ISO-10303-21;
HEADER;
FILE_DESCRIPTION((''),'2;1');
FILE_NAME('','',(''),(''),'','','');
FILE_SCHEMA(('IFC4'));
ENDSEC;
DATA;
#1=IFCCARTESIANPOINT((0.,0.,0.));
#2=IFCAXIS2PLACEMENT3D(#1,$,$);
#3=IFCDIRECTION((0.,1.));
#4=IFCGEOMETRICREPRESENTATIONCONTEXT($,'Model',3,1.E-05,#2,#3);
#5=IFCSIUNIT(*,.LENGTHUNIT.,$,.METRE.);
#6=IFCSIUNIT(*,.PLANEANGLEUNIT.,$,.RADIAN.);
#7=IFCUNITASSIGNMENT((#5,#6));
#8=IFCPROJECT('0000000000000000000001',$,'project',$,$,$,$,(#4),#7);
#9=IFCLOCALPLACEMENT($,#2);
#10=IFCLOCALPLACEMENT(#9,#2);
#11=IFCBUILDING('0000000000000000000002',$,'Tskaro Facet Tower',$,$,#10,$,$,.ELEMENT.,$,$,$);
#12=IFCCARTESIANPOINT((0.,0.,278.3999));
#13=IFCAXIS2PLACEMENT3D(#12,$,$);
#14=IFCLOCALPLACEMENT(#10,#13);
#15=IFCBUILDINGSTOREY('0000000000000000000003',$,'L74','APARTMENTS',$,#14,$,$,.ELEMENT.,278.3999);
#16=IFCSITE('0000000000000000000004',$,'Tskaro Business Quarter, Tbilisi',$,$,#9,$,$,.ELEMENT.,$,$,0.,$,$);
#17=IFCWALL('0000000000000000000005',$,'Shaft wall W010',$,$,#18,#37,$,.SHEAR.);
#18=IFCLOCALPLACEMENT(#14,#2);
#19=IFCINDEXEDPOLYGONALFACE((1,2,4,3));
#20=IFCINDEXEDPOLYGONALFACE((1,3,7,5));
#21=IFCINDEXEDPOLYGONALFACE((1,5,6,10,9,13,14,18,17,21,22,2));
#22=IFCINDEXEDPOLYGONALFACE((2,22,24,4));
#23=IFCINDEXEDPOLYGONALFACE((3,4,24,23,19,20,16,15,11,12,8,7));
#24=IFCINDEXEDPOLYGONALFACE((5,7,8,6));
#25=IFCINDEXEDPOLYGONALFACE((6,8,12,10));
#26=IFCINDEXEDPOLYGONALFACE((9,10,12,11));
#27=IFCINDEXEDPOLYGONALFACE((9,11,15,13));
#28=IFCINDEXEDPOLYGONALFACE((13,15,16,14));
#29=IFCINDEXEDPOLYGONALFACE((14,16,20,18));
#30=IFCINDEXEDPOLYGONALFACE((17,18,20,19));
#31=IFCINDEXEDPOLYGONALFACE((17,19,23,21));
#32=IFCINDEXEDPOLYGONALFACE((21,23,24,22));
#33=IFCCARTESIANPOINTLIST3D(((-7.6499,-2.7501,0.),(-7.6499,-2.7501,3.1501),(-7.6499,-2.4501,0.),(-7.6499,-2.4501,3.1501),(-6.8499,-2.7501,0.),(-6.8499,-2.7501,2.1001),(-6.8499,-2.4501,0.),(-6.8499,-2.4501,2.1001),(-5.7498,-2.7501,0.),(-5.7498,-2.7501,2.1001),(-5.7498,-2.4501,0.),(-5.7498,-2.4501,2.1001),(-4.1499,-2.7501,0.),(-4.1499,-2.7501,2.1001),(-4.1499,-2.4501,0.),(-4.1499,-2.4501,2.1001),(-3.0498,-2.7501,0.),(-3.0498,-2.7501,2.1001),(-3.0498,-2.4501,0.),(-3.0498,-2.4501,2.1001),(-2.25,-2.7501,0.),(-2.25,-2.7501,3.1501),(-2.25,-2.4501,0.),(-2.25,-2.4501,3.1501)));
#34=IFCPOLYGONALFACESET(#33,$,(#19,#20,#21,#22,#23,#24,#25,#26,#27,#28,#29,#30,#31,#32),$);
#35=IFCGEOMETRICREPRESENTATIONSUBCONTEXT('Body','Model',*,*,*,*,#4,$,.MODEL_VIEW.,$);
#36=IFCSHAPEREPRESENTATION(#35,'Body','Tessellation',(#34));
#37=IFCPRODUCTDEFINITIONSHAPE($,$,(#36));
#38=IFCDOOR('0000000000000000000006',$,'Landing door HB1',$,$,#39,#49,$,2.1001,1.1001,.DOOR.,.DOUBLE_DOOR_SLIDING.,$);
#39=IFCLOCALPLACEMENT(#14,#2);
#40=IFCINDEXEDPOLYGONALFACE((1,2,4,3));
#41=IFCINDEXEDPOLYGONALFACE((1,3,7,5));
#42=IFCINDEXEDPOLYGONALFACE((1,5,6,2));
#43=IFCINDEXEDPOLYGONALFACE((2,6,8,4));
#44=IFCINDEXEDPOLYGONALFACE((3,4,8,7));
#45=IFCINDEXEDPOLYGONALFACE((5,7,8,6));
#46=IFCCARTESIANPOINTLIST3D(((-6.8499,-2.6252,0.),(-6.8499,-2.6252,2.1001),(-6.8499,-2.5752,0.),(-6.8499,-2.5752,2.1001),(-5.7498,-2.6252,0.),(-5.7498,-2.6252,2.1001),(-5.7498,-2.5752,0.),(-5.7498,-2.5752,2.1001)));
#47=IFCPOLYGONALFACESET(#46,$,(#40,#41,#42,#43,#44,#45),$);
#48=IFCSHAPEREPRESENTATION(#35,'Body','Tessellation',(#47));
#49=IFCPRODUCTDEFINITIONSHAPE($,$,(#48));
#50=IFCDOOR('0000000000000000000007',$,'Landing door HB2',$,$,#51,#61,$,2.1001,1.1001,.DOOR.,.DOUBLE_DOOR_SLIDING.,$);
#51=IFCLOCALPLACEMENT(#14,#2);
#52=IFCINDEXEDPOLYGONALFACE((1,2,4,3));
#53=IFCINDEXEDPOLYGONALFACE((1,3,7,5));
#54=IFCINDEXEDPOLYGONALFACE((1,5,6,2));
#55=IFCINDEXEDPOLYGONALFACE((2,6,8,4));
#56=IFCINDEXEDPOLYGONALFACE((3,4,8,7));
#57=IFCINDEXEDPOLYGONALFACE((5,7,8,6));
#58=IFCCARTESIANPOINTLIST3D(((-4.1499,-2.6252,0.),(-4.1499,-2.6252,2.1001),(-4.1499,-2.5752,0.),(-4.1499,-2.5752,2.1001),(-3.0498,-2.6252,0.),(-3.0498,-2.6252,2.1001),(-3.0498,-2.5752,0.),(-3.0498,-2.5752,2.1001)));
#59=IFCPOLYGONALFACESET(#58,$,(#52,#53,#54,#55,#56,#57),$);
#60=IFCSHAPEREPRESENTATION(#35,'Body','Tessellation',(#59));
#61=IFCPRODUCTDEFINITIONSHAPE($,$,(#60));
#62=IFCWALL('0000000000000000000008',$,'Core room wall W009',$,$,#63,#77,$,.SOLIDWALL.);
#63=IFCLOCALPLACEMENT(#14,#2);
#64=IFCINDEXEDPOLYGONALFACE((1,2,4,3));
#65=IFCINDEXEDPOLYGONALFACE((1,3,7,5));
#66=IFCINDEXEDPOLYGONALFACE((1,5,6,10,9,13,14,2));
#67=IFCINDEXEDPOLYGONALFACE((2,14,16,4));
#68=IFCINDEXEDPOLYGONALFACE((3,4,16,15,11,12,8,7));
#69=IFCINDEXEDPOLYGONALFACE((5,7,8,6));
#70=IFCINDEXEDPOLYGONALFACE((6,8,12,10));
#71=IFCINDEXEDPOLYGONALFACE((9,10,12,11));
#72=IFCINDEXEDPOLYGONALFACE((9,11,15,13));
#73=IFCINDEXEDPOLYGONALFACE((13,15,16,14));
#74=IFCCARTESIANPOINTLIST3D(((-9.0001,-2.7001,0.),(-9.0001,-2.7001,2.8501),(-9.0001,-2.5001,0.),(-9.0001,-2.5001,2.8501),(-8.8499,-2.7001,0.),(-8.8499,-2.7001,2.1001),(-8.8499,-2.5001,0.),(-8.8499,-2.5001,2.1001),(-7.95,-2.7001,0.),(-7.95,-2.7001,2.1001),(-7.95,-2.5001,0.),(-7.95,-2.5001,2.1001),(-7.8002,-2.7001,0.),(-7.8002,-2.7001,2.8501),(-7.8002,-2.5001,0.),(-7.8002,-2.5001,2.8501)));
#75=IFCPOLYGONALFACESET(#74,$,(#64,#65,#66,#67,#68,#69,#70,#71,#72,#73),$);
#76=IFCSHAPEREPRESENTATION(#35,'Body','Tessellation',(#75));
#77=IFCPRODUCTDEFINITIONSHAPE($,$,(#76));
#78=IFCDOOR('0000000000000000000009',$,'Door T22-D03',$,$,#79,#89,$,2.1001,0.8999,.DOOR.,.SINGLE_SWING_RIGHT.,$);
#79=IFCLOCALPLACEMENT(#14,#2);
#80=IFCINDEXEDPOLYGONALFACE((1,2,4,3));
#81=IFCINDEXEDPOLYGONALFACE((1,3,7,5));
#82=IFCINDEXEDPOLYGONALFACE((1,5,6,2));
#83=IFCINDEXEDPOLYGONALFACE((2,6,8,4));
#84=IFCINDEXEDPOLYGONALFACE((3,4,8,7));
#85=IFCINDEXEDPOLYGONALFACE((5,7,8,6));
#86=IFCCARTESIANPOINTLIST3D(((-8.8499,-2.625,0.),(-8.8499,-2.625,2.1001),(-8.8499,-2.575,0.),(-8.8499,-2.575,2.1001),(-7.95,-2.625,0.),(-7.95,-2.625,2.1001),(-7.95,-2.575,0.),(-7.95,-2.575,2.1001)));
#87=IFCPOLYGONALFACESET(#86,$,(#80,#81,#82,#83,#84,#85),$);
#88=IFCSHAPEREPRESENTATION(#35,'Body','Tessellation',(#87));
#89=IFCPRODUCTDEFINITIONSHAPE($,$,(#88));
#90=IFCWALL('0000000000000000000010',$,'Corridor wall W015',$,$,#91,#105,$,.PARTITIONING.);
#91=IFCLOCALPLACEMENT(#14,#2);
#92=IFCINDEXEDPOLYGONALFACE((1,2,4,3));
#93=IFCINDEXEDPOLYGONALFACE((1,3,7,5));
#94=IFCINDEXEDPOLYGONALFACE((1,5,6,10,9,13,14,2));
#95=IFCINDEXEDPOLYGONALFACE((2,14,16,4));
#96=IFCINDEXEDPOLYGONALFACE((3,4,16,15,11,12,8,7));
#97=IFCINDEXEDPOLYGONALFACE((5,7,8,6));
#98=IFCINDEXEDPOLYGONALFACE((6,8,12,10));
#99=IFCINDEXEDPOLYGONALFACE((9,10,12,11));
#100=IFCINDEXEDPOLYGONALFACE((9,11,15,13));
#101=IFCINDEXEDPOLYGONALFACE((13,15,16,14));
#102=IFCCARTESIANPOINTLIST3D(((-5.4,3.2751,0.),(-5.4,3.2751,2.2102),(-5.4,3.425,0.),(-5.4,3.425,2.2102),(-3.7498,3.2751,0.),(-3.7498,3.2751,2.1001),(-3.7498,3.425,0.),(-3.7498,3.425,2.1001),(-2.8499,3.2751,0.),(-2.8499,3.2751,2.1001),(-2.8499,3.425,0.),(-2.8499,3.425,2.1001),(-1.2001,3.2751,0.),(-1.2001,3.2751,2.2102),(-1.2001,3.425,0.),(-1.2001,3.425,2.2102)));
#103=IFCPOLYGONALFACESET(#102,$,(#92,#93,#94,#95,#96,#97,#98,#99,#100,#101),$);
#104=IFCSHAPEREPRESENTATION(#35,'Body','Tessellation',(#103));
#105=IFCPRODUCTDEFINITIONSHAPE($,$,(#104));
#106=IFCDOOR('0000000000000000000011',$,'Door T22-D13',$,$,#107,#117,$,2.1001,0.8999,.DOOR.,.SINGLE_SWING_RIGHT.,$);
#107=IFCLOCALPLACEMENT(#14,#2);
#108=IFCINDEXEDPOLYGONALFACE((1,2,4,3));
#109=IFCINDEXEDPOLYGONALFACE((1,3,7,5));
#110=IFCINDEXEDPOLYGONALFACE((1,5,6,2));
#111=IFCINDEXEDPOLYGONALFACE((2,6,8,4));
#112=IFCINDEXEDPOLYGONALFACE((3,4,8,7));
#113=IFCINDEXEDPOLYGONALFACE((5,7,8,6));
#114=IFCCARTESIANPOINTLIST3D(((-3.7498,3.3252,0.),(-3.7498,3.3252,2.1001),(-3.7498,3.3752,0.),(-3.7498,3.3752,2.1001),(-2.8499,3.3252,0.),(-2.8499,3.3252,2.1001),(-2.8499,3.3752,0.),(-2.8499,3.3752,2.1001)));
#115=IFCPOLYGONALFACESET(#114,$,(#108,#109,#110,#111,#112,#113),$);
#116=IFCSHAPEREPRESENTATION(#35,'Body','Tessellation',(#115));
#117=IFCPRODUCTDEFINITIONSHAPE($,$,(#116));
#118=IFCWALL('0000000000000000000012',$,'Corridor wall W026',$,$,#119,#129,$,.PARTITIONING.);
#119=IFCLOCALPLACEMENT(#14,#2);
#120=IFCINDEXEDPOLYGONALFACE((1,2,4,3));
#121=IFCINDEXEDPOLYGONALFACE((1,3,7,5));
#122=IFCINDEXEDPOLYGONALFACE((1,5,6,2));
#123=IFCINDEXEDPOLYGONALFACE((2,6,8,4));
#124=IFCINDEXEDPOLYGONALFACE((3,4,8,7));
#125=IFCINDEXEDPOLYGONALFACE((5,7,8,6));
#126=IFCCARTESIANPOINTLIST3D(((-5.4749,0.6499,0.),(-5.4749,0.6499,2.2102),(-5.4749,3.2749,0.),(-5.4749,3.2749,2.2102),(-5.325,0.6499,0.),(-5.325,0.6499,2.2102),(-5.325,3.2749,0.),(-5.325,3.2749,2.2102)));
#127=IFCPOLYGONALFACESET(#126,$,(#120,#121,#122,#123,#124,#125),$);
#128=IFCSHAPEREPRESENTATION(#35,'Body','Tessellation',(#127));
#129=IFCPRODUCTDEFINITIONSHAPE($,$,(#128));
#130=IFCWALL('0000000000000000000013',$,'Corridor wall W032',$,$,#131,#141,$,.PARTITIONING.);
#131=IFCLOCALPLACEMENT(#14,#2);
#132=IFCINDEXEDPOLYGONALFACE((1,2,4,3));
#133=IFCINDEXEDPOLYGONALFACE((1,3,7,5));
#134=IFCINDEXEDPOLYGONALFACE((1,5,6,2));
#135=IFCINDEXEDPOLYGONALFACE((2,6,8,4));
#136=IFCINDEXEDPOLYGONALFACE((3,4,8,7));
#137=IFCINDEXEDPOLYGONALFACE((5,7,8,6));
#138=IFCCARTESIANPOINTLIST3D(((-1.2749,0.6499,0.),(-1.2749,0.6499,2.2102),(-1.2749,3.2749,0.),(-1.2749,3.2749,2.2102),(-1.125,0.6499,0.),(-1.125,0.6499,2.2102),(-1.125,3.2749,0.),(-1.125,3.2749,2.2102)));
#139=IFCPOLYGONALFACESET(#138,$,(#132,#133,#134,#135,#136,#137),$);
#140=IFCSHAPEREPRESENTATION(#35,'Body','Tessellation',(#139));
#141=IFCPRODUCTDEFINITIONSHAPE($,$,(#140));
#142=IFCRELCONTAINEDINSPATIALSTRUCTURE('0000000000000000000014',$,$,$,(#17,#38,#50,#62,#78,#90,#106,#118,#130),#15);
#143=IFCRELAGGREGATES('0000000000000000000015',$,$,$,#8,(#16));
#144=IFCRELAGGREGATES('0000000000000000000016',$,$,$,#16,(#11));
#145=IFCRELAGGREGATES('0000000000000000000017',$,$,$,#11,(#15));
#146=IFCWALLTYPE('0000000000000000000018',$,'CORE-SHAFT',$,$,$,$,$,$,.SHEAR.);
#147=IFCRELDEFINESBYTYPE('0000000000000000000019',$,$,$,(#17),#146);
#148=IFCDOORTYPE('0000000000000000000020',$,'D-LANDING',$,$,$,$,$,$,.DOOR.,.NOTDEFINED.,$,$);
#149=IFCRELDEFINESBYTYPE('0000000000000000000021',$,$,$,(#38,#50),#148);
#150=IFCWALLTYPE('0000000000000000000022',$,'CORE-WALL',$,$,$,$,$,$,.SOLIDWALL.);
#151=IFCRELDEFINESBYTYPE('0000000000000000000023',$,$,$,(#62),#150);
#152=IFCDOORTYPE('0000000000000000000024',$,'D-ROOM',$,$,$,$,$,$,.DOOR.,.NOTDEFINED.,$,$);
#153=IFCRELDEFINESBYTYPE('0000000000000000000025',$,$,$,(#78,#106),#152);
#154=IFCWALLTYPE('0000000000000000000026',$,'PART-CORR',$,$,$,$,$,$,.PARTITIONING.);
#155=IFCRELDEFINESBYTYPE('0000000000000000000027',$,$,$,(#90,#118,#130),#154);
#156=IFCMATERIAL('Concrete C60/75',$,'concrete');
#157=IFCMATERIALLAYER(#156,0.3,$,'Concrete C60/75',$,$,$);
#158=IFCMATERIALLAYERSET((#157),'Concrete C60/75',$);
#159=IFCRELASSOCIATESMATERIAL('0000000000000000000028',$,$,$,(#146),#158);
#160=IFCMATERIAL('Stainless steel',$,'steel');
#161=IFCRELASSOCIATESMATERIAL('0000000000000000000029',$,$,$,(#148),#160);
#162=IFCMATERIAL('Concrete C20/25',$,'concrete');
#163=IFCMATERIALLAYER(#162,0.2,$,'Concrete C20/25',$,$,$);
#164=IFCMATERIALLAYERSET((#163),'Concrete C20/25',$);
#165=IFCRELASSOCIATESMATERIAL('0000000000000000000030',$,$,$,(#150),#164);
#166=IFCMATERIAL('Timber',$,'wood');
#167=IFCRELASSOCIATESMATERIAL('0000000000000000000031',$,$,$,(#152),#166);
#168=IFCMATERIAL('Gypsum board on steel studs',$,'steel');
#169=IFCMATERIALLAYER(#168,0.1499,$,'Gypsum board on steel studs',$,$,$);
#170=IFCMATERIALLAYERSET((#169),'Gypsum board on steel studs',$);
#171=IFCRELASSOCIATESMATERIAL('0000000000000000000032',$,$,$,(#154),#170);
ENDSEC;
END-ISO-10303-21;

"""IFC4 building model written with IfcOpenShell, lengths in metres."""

from ifc_helpers import new_model, si_unit, direction, frame, frame_2d, origin, place, context, subcontext, project, spatial, rectangle, extrude, material, layer, layer_set, type_object, element, fill, save


model = new_model("IFC4")

# Units and contexts
model_context = context("Model", 3, precision=1e-05, world=origin(), true_north=direction((0.0, 1.0)))
body_context = subcontext(model_context, "Body", "Model", "MODEL_VIEW")
ifc_project = project(units=[si_unit("LENGTHUNIT", "METRE"), si_unit("PLANEANGLEUNIT", "RADIAN")], contexts=[model_context])

# Site, building, storey
site_placement = place(None, origin())
site = spatial("IfcSite", under=ifc_project, at=site_placement, Name="Tskaro Business Quarter, Tbilisi", CompositionType="ELEMENT", RefElevation=0.0)
building_placement = place(site_placement, origin())
building = spatial("IfcBuilding", under=site, at=building_placement, Name="Tskaro Facet Tower", CompositionType="ELEMENT")
storey_placement = place(building_placement, frame((0.0, 0.0, 278.3999)))
storey = spatial("IfcBuildingStorey", under=building, at=storey_placement, Name="L74", Description="APARTMENTS", CompositionType="ELEMENT", Elevation=278.3999)

# Shared definitions
ifc_material_1 = material(Name="Concrete C60/75", Category="concrete")

# Wall, openings, doors
ifc_layer_1 = layer(ifc_material_1, 0.3, Name="Concrete C60/75")
ifc_layer_set_1 = layer_set([ifc_layer_1], Name="Concrete C60/75")
wall_type_1 = type_object("IfcWallType", Name="CORE-SHAFT", PredefinedType="SHEAR", material=ifc_layer_set_1)
wall_1_placement = place(storey_placement, frame((-7.6499, -2.6001, 0.0), z_axis=(0.0, 0.0, 1.0), x_axis=(1.0, 0.0, 0.0)))
wall_1 = element("IfcWall", 1, at=wall_1_placement, inside=storey, type_object=wall_type_1, Name="Shaft wall W010", PredefinedType="SHEAR", context=body_context, shape_type="SweptSolid", body=[
    extrude(rectangle(XDim=5.3999, YDim=0.3, at=frame_2d((2.7, 0.0))), origin(), (0.0, 0.0, 1.0), 3.1501),
])
opening_1_placement = place(wall_1_placement, frame((0.8, 0.0, 0.0)))
opening_1 = element("IfcOpeningElement", 2, at=opening_1_placement, cuts=wall_1, PredefinedType="OPENING", context=body_context, shape_type="SweptSolid", body=[
    extrude(rectangle(XDim=1.1001, YDim=2.1001, at=frame_2d((0.55, 1.05))), frame((0.0, 0.1599, 0.0), z_axis=(0.0, -1.0, 0.0), x_axis=(1.0, 0.0, 0.0)), (0.0, 0.0, 1.0), 0.3201),
])
opening_2_placement = place(wall_1_placement, frame((3.5, 0.0, 0.0)))
opening_2 = element("IfcOpeningElement", 3, at=opening_2_placement, cuts=wall_1, PredefinedType="OPENING", context=body_context, shape_type="SweptSolid", body=[
    extrude(rectangle(XDim=1.1001, YDim=2.1001, at=frame_2d((0.55, 1.05))), frame((0.0, 0.1599, 0.0), z_axis=(0.0, -1.0, 0.0), x_axis=(1.0, 0.0, 0.0)), (0.0, 0.0, 1.0), 0.3201),
])
ifc_material_2 = material(Name="Stainless steel", Category="steel")
door_type_1 = type_object("IfcDoorType", Name="D-LANDING", OperationType="NOTDEFINED", PredefinedType="DOOR", material=ifc_material_2)
door_1_placement = place(opening_1_placement, origin())
door_1 = element("IfcDoor", 4, at=door_1_placement, inside=storey, type_object=door_type_1, Name="Landing door HB1", OperationType="DOUBLE_DOOR_SLIDING", OverallHeight=2.1001, OverallWidth=1.1001, PredefinedType="DOOR", context=body_context, shape_type="SweptSolid", body=[
    extrude(rectangle(XDim=1.1001, YDim=2.1001, at=frame_2d((0.55, 1.05))), frame((0.0, 0.0249, 0.0), z_axis=(0.0, -1.0, 0.0), x_axis=(1.0, 0.0, 0.0)), (0.0, 0.0, 1.0), 0.05),
])
fill(opening_1, door_1)
door_2_placement = place(opening_2_placement, origin())
door_2 = element("IfcDoor", 5, at=door_2_placement, inside=storey, type_object=door_type_1, Name="Landing door HB2", OperationType="DOUBLE_DOOR_SLIDING", OverallHeight=2.1001, OverallWidth=1.1001, PredefinedType="DOOR", context=body_context, shape_type="SweptSolid", body=[
    extrude(rectangle(XDim=1.1001, YDim=2.1001, at=frame_2d((0.55, 1.05))), frame((0.0, 0.0249, 0.0), z_axis=(0.0, -1.0, 0.0), x_axis=(1.0, 0.0, 0.0)), (0.0, 0.0, 1.0), 0.05),
])
fill(opening_2, door_2)

# Walls, openings, doors
ifc_material_3 = material(Name="Concrete C20/25", Category="concrete")
ifc_layer_2 = layer(ifc_material_3, 0.2, Name="Concrete C20/25")
ifc_layer_set_2 = layer_set([ifc_layer_2], Name="Concrete C20/25")
wall_type_2 = type_object("IfcWallType", Name="CORE-WALL", PredefinedType="SOLIDWALL", material=ifc_layer_set_2)
wall_2_placement = place(storey_placement, frame((-7.8, -2.6001, 0.0), z_axis=(0.0, 0.0, 1.0), x_axis=(-1.0, 0.0, 0.0)))
wall_2 = element("IfcWall", 6, at=wall_2_placement, inside=storey, type_object=wall_type_2, Name="Core room wall W009", PredefinedType="SOLIDWALL", context=body_context, shape_type="SweptSolid", body=[
    extrude(rectangle(XDim=1.2, YDim=0.2, at=frame_2d((0.6001, 0.0))), origin(), (0.0, 0.0, 1.0), 2.8501),
])
opening_3_placement = place(wall_2_placement, frame((0.1499, 0.0, 0.0)))
opening_3 = element("IfcOpeningElement", 7, at=opening_3_placement, cuts=wall_2, PredefinedType="OPENING", context=body_context, shape_type="SweptSolid", body=[
    extrude(rectangle(XDim=0.8999, YDim=2.1001, at=frame_2d((0.45, 1.05))), frame((0.0, 0.1099, 0.0), z_axis=(0.0, -1.0, 0.0), x_axis=(1.0, 0.0, 0.0)), (0.0, 0.0, 1.0), 0.22),
])
ifc_material_4 = material(Name="Timber", Category="wood")
door_type_2 = type_object("IfcDoorType", Name="D-ROOM", OperationType="NOTDEFINED", PredefinedType="DOOR", material=ifc_material_4)
door_3_placement = place(opening_3_placement, origin())
door_3 = element("IfcDoor", 8, at=door_3_placement, inside=storey, type_object=door_type_2, Name="Door T22-D03", OperationType="SINGLE_SWING_RIGHT", OverallHeight=2.1001, OverallWidth=0.8999, PredefinedType="DOOR", context=body_context, shape_type="SweptSolid", body=[
    extrude(rectangle(XDim=0.8999, YDim=2.1001, at=frame_2d((0.45, 1.05))), frame((0.0, 0.0249, 0.0), z_axis=(0.0, -1.0, 0.0), x_axis=(1.0, 0.0, 0.0)), (0.0, 0.0, 1.0), 0.05),
])
fill(opening_3, door_3)
ifc_material_5 = material(Name="Gypsum board on steel studs", Category="steel")
ifc_layer_3 = layer(ifc_material_5, 0.1499, Name="Gypsum board on steel studs")
ifc_layer_set_3 = layer_set([ifc_layer_3], Name="Gypsum board on steel studs")
wall_type_3 = type_object("IfcWallType", Name="PART-CORR", PredefinedType="PARTITIONING", material=ifc_layer_set_3)
wall_3_placement = place(storey_placement, frame((-1.2, 3.3501, 0.0), z_axis=(0.0, 0.0, 1.0), x_axis=(-1.0, 0.0, 0.0)))
wall_3 = element("IfcWall", 9, at=wall_3_placement, inside=storey, type_object=wall_type_3, Name="Corridor wall W015", PredefinedType="PARTITIONING", context=body_context, shape_type="SweptSolid", body=[
    extrude(rectangle(XDim=4.2, YDim=0.1499, at=frame_2d((2.1001, 0.0))), origin(), (0.0, 0.0, 1.0), 2.2102),
])
opening_4_placement = place(wall_3_placement, frame((1.6499, 0.0, 0.0)))
opening_4 = element("IfcOpeningElement", 10, at=opening_4_placement, cuts=wall_3, PredefinedType="OPENING", context=body_context, shape_type="SweptSolid", body=[
    extrude(rectangle(XDim=0.8999, YDim=2.1001, at=frame_2d((0.45, 1.05))), frame((0.0, 0.085, 0.0), z_axis=(0.0, -1.0, 0.0), x_axis=(1.0, 0.0, 0.0)), (0.0, 0.0, 1.0), 0.1699),
])
door_4_placement = place(opening_4_placement, origin())
door_4 = element("IfcDoor", 11, at=door_4_placement, inside=storey, type_object=door_type_2, Name="Door T22-D13", OperationType="SINGLE_SWING_RIGHT", OverallHeight=2.1001, OverallWidth=0.8999, PredefinedType="DOOR", context=body_context, shape_type="SweptSolid", body=[
    extrude(rectangle(XDim=0.8999, YDim=2.1001, at=frame_2d((0.45, 1.05))), frame((0.0, 0.0249, 0.0), z_axis=(0.0, -1.0, 0.0), x_axis=(1.0, 0.0, 0.0)), (0.0, 0.0, 1.0), 0.05),
])
fill(opening_4, door_4)

# Walls
for number, where, z_axis, x_axis, name in (
    (12, (-5.3999, 0.6499, 0.0), (0.0, 0.0, 1.0), (0.0, 1.0, 0.0), "Corridor wall W026"),
    (13, (-1.2, 0.6499, 0.0), (0.0, 0.0, 1.0), (0.0, 1.0, 0.0), "Corridor wall W032"),
):
    element("IfcWall", number, at=place(storey_placement, frame(where, z_axis=z_axis, x_axis=x_axis)), inside=storey, type_object=wall_type_3, Name=name, PredefinedType="PARTITIONING", context=body_context, shape_type="SweptSolid", body=[
        extrude(rectangle(XDim=2.625, YDim=0.1499, at=frame_2d((1.3125, 0.0))), origin(), (0.0, 0.0, 1.0), 2.2102),
    ])

save(model, "model.ifc")
